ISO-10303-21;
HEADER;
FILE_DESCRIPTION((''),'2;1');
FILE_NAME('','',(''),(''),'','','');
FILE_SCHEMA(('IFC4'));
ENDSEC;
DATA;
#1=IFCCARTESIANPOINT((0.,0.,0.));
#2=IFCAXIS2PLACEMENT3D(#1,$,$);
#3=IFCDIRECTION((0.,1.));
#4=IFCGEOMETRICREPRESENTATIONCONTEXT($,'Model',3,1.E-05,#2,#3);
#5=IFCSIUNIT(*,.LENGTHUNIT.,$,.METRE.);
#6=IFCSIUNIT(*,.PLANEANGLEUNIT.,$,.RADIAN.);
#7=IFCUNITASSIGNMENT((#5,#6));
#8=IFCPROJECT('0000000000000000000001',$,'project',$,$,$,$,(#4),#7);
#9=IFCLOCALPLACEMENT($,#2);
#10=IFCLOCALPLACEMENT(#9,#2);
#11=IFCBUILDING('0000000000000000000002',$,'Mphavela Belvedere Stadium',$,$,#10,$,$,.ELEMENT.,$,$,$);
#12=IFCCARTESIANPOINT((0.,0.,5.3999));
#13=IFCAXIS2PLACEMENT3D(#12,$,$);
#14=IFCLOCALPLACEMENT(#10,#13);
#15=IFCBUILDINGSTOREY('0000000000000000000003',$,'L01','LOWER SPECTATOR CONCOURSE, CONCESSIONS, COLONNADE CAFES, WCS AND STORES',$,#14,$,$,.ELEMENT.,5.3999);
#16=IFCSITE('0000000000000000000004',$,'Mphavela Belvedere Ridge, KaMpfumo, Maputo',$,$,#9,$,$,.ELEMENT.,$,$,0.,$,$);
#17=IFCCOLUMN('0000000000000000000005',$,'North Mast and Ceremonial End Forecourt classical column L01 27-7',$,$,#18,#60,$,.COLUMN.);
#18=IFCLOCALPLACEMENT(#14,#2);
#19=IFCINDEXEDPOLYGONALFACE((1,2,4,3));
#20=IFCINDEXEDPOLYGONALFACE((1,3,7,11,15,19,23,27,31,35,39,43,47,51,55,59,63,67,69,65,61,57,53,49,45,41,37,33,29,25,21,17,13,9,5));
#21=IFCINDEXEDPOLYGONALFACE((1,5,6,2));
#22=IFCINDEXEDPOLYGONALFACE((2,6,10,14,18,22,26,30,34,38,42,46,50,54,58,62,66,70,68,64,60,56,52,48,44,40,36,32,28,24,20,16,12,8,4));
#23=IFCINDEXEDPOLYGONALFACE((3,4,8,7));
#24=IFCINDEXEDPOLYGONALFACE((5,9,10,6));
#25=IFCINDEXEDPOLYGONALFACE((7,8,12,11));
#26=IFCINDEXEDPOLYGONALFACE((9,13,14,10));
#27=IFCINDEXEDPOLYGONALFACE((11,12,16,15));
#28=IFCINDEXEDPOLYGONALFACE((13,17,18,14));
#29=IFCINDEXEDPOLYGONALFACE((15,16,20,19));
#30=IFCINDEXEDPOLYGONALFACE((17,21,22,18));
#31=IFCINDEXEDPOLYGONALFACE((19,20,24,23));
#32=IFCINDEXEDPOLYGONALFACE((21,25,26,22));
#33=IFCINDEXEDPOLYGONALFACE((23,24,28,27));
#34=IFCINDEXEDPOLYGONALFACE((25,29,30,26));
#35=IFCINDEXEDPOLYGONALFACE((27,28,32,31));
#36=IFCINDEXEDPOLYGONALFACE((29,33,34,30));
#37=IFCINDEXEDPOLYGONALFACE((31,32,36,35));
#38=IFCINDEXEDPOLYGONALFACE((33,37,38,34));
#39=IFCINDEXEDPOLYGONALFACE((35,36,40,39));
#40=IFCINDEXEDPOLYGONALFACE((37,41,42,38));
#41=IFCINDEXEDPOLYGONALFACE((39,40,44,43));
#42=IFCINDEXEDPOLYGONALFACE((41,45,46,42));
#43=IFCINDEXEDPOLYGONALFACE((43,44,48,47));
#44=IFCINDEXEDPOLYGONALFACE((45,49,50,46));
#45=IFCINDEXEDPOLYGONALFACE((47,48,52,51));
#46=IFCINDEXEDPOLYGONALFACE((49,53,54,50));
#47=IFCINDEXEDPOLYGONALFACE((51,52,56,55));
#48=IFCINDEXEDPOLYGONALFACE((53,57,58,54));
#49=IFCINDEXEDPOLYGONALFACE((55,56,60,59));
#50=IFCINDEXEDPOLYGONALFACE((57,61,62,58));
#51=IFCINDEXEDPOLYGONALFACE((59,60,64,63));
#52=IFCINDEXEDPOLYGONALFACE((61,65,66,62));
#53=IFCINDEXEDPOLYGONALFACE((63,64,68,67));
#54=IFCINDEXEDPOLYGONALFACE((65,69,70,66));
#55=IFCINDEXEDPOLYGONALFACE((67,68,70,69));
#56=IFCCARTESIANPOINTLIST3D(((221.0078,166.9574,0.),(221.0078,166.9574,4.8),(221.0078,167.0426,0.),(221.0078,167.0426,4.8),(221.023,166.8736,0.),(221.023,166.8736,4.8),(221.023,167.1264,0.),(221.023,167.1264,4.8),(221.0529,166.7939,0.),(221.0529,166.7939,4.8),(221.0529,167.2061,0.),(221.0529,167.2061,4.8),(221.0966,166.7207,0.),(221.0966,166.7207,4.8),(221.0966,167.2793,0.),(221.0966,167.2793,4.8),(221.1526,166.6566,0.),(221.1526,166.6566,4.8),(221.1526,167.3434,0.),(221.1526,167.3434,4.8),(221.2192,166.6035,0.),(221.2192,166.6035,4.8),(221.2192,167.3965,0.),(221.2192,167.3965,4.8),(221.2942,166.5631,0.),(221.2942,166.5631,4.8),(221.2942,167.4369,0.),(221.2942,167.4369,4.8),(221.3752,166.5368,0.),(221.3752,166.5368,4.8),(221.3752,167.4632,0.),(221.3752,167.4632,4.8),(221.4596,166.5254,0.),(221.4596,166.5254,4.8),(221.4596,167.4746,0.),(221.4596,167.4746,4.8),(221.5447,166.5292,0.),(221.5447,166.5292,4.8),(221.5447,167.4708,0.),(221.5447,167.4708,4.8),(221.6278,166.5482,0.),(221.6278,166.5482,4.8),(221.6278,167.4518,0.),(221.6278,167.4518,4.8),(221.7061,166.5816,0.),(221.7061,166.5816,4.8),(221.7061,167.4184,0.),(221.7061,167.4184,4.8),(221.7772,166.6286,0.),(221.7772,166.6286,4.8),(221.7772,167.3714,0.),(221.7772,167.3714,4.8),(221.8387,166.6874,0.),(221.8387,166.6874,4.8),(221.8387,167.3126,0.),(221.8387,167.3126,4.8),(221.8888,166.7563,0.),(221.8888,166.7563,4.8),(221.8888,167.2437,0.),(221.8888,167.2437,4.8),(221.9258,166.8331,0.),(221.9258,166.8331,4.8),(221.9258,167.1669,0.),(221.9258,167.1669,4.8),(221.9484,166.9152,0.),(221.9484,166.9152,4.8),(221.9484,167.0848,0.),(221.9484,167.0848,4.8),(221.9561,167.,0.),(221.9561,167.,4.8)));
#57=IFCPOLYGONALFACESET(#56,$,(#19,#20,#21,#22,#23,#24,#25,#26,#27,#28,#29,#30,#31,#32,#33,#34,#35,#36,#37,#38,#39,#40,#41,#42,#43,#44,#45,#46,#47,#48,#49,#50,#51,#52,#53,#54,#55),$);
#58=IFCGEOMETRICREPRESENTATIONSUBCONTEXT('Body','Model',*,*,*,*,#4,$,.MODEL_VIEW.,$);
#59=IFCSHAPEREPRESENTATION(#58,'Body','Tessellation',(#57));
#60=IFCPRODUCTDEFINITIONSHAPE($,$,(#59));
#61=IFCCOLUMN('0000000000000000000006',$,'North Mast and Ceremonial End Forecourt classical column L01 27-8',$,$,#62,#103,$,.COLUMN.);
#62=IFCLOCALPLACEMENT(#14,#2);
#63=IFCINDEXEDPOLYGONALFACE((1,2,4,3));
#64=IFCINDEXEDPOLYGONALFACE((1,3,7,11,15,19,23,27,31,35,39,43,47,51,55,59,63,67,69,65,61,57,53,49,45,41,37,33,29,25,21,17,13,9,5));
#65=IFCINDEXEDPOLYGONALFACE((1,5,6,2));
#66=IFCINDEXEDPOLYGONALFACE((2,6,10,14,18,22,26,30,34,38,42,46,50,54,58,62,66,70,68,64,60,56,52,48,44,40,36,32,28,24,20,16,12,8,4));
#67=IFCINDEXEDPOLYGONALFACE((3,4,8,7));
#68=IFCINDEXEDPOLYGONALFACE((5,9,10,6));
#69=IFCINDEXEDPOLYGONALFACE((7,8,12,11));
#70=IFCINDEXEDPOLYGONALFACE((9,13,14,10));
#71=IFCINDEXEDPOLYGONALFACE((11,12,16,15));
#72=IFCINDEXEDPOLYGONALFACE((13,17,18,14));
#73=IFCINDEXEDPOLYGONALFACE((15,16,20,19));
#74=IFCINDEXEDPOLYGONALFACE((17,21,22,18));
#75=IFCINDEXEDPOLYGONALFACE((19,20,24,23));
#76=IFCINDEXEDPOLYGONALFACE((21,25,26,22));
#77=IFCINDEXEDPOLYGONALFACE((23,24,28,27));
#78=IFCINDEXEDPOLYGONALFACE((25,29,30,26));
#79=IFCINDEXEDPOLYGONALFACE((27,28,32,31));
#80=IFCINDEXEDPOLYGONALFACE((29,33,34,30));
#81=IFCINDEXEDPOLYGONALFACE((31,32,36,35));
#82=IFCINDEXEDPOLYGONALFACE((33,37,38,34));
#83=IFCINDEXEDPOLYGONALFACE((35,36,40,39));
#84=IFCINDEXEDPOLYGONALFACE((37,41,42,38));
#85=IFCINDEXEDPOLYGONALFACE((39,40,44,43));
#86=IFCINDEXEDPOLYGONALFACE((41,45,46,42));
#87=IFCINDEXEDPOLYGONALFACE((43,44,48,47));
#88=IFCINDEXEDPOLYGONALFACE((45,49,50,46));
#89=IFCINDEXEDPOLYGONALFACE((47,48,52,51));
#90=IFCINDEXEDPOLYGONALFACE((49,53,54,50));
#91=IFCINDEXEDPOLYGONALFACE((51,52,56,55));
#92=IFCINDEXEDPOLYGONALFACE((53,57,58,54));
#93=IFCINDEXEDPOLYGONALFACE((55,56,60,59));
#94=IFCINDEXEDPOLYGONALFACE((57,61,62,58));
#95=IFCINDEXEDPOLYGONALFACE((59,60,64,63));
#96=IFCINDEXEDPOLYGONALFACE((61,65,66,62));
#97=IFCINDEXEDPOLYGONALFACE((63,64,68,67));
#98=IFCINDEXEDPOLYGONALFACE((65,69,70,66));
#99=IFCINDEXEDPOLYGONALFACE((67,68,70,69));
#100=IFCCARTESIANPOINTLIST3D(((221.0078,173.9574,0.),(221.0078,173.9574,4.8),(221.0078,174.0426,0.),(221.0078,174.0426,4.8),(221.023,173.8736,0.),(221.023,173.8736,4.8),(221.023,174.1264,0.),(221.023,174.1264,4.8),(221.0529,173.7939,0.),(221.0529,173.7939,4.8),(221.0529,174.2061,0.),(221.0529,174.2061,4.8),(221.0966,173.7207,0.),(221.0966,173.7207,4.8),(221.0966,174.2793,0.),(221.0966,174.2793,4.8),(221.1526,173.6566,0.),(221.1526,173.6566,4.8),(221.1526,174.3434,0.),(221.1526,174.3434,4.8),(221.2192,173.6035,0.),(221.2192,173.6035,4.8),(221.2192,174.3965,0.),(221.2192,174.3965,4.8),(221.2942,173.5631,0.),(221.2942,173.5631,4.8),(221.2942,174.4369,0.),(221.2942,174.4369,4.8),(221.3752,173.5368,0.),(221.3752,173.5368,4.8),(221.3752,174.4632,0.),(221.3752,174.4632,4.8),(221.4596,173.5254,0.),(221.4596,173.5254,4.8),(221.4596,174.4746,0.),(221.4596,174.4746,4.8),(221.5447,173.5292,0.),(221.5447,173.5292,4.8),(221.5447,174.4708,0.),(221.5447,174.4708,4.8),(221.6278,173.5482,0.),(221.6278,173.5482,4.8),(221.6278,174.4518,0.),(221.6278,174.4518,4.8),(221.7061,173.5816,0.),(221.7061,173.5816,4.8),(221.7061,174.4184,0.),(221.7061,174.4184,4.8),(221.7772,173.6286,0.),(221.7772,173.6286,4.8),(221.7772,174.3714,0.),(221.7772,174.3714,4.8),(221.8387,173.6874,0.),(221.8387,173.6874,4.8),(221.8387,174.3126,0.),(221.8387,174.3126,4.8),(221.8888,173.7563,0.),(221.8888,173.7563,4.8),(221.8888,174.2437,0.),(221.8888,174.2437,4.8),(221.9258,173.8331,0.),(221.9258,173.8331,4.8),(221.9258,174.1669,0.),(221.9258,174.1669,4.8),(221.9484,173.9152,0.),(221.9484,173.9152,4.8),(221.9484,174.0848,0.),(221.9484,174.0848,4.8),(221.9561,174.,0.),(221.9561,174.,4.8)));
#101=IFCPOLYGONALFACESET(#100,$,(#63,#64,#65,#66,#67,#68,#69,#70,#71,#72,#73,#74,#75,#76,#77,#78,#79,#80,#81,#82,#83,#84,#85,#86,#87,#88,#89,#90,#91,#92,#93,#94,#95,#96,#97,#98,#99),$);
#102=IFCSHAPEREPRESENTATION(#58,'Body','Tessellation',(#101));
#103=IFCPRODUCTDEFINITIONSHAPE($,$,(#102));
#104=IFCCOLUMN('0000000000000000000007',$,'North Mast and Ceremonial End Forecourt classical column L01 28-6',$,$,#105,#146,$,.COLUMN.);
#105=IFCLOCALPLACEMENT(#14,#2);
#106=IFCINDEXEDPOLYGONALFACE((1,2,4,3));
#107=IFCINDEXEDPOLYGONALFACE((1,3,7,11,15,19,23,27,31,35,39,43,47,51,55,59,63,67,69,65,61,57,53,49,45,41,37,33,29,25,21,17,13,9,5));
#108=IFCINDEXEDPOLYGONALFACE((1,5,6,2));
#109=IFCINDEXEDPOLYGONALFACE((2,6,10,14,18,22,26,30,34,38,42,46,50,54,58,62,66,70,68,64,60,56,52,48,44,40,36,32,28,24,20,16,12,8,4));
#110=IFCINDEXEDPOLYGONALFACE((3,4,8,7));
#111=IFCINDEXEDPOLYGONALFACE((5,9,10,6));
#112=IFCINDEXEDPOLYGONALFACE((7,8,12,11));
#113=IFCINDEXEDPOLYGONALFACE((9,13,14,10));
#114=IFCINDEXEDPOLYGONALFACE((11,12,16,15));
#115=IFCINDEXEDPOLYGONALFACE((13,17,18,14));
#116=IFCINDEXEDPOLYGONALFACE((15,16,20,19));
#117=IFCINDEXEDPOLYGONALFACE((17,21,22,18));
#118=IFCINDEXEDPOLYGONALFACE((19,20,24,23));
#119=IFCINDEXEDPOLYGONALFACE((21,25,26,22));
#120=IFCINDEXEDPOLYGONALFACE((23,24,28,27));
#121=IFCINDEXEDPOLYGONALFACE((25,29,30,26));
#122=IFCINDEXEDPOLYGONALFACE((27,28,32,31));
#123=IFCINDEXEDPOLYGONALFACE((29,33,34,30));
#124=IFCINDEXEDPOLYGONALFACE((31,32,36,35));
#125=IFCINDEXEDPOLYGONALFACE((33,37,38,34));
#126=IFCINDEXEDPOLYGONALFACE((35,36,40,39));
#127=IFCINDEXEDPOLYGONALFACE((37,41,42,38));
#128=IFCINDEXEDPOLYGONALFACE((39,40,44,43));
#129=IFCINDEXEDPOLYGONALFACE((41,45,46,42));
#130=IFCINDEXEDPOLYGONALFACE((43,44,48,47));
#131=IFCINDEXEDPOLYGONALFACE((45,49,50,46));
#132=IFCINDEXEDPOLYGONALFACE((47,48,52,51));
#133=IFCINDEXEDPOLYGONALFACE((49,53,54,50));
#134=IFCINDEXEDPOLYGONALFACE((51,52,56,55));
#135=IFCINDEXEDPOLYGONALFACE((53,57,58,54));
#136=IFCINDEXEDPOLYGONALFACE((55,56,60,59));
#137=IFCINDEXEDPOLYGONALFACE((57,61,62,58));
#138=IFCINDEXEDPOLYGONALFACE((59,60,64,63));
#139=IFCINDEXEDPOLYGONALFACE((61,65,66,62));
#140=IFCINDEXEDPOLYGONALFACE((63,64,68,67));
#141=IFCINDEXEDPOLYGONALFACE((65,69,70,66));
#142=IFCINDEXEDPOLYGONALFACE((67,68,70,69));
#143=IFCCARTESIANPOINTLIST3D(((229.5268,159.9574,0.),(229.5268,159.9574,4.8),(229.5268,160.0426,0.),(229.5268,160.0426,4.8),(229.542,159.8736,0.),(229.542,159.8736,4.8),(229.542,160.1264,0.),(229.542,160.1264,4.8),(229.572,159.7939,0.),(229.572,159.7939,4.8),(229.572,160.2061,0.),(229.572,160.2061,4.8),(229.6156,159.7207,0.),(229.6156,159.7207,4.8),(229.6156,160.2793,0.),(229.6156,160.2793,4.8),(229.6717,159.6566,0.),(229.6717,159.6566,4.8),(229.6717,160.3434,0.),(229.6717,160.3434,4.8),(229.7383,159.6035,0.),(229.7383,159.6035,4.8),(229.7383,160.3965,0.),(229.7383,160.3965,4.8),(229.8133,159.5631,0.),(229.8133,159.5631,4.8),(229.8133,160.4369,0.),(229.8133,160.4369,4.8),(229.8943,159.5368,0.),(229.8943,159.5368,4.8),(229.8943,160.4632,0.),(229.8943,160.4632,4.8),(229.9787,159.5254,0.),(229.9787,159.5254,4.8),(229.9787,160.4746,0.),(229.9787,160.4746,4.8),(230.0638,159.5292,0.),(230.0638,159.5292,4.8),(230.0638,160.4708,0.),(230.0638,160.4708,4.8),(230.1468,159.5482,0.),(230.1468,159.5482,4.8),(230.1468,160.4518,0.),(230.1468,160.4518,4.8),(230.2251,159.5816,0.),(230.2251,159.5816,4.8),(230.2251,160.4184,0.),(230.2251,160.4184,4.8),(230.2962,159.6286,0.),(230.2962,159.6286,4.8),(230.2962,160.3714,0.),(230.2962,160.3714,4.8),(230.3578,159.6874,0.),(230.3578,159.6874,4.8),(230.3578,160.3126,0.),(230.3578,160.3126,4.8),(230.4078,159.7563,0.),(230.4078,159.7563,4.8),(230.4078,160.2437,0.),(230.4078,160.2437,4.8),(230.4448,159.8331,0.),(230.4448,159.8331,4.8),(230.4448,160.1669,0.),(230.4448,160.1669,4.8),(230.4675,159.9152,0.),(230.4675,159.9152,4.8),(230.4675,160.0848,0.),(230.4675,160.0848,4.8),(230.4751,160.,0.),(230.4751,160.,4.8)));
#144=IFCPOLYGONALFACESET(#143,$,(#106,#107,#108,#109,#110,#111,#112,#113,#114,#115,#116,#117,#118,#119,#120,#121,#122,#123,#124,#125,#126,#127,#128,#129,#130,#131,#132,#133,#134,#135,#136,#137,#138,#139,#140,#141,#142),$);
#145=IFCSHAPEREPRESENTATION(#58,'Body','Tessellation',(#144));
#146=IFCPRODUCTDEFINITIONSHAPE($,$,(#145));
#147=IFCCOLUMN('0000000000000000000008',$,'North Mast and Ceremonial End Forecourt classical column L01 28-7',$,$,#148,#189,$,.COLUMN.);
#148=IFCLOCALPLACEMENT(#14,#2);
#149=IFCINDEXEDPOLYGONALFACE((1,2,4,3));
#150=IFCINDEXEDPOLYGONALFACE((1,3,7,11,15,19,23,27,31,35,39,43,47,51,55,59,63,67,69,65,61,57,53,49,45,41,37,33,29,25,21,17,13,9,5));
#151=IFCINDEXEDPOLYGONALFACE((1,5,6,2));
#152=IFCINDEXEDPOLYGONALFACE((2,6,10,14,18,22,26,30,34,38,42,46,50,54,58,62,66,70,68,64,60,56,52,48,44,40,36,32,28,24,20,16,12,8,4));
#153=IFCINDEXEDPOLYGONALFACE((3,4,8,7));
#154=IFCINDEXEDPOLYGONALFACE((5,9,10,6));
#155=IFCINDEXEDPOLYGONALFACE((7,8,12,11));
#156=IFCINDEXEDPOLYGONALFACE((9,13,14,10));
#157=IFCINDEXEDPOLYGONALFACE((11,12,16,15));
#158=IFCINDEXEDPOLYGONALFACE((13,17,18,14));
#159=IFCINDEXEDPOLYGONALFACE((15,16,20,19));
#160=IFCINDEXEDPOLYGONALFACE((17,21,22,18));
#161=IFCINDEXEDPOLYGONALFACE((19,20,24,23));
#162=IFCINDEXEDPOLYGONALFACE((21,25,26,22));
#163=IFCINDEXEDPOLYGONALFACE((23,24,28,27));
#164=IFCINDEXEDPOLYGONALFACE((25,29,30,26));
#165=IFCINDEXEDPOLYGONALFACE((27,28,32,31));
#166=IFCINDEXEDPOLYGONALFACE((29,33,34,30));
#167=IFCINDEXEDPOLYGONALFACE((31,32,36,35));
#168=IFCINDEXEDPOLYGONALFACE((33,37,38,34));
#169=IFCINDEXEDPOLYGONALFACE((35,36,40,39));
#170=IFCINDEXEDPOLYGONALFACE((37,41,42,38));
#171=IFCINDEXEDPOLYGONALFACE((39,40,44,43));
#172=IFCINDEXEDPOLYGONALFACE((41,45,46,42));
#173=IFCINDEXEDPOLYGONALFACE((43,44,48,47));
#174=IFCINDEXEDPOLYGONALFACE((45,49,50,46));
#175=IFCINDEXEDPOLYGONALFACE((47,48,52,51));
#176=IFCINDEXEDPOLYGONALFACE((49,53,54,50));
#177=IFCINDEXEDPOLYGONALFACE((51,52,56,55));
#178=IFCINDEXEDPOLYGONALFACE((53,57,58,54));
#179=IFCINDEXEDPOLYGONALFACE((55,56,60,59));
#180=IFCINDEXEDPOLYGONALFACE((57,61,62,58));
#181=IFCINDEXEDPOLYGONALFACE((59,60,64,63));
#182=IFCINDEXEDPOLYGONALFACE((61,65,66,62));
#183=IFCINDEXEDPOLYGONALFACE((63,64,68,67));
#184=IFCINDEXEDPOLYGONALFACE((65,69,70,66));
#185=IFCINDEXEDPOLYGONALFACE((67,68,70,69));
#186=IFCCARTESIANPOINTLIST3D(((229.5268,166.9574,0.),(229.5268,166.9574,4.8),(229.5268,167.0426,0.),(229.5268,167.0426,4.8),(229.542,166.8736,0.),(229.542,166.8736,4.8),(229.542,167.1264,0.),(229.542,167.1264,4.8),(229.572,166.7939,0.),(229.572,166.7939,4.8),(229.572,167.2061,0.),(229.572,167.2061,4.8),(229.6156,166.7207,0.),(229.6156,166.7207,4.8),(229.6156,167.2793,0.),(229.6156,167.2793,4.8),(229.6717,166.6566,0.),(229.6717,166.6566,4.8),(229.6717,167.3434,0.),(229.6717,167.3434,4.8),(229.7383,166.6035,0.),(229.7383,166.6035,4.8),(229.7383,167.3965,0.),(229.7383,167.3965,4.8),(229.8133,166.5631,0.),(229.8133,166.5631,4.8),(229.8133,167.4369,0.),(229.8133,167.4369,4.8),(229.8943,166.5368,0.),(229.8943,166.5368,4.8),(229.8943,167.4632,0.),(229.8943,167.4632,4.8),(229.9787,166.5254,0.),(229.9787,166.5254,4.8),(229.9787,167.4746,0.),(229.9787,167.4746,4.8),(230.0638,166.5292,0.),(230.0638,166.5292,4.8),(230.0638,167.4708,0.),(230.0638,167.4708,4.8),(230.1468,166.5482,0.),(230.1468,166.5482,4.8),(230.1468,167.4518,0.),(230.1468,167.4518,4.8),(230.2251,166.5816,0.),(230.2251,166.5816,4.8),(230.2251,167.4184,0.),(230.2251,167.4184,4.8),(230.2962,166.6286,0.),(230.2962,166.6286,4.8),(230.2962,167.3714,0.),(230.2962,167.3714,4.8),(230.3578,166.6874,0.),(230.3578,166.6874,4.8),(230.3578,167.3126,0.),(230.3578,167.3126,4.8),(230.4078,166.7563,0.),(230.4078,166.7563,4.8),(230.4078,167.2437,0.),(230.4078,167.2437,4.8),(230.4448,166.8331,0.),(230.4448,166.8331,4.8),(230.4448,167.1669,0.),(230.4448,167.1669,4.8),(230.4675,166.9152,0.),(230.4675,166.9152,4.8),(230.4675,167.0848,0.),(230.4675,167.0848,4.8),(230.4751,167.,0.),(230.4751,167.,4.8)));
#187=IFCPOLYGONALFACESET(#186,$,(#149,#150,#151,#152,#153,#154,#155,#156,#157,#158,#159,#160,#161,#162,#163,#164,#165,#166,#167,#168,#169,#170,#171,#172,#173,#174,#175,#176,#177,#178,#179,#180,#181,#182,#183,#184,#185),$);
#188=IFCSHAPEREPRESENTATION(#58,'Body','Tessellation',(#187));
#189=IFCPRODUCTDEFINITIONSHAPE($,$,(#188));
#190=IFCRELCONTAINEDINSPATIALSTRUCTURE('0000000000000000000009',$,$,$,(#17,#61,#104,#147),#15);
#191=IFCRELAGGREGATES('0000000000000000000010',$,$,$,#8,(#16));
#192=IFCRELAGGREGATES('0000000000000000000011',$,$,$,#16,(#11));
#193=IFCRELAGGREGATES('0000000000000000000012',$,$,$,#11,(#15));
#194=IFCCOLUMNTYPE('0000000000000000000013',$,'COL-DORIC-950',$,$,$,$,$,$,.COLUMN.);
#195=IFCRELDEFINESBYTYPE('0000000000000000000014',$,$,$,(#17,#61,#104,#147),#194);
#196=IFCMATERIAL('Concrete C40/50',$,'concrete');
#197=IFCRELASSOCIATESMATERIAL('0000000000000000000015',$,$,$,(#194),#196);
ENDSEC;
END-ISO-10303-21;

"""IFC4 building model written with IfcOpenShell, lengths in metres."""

from ifc_helpers import new_model, si_unit, direction, frame, origin, origin_2d, place, context, subcontext, project, spatial, circle, extrude, material, material_profile, profile_set, type_object, element, save


model = new_model("IFC4")

# Units and contexts
model_context = context("Model", 3, precision=1e-05, world=origin(), true_north=direction((0.0, 1.0)))
body_context = subcontext(model_context, "Body", "Model", "MODEL_VIEW")
ifc_project = project(units=[si_unit("LENGTHUNIT", "METRE"), si_unit("PLANEANGLEUNIT", "RADIAN")], contexts=[model_context])

# Site, building, storey
site_placement = place(None, origin())
site = spatial("IfcSite", under=ifc_project, at=site_placement, Name="Mphavela Belvedere Ridge, KaMpfumo, Maputo", CompositionType="ELEMENT", RefElevation=0.0)
building_placement = place(site_placement, origin())
building = spatial("IfcBuilding", under=site, at=building_placement, Name="Mphavela Belvedere Stadium", CompositionType="ELEMENT")
storey_placement = place(building_placement, frame((0.0, 0.0, 5.3999)))
storey = spatial("IfcBuildingStorey", under=building, at=storey_placement, Name="L01", Description="LOWER SPECTATOR CONCOURSE, CONCESSIONS, COLONNADE CAFES, WCS AND STORES", CompositionType="ELEMENT", Elevation=5.3999)

# Columns
ifc_material_1 = material(Name="Concrete C40/50", Category="concrete")
ifc_material_profile_1 = material_profile(ifc_material_1, circle(Radius=0.4751, at=origin_2d()), Name="COL D950")
ifc_profile_set_1 = profile_set([ifc_material_profile_1], Name="Concrete C40/50")
column_type = type_object("IfcColumnType", Name="COL-DORIC-950", PredefinedType="COLUMN", material=ifc_profile_set_1)
for number, where, z_axis, x_axis, name in (
    (1, (221.481, 167.0, 0.0), (0.0, 0.0, 1.0), (1.0, 0.0, 0.0), "North Mast and Ceremonial End Forecourt classical column L01 27-7"),
    (2, (221.481, 174.0, 0.0), (0.0, 0.0, 1.0), (1.0, 0.0, 0.0), "North Mast and Ceremonial End Forecourt classical column L01 27-8"),
    (3, (230.0, 160.0, 0.0), (0.0, 0.0, 1.0), (1.0, 0.0, 0.0), "North Mast and Ceremonial End Forecourt classical column L01 28-6"),
    (4, (230.0, 167.0, 0.0), (0.0, 0.0, 1.0), (1.0, 0.0, 0.0), "North Mast and Ceremonial End Forecourt classical column L01 28-7"),
):
    element("IfcColumn", number, at=place(storey_placement, frame(where, z_axis=z_axis, x_axis=x_axis)), inside=storey, type_object=column_type, Name=name, PredefinedType="COLUMN", context=body_context, shape_type="SweptSolid", body=[
        extrude(circle(Radius=0.4751, at=origin_2d()), origin(), (0.0, 0.0, 1.0), 4.8),
    ])

save(model, "model.ifc")
